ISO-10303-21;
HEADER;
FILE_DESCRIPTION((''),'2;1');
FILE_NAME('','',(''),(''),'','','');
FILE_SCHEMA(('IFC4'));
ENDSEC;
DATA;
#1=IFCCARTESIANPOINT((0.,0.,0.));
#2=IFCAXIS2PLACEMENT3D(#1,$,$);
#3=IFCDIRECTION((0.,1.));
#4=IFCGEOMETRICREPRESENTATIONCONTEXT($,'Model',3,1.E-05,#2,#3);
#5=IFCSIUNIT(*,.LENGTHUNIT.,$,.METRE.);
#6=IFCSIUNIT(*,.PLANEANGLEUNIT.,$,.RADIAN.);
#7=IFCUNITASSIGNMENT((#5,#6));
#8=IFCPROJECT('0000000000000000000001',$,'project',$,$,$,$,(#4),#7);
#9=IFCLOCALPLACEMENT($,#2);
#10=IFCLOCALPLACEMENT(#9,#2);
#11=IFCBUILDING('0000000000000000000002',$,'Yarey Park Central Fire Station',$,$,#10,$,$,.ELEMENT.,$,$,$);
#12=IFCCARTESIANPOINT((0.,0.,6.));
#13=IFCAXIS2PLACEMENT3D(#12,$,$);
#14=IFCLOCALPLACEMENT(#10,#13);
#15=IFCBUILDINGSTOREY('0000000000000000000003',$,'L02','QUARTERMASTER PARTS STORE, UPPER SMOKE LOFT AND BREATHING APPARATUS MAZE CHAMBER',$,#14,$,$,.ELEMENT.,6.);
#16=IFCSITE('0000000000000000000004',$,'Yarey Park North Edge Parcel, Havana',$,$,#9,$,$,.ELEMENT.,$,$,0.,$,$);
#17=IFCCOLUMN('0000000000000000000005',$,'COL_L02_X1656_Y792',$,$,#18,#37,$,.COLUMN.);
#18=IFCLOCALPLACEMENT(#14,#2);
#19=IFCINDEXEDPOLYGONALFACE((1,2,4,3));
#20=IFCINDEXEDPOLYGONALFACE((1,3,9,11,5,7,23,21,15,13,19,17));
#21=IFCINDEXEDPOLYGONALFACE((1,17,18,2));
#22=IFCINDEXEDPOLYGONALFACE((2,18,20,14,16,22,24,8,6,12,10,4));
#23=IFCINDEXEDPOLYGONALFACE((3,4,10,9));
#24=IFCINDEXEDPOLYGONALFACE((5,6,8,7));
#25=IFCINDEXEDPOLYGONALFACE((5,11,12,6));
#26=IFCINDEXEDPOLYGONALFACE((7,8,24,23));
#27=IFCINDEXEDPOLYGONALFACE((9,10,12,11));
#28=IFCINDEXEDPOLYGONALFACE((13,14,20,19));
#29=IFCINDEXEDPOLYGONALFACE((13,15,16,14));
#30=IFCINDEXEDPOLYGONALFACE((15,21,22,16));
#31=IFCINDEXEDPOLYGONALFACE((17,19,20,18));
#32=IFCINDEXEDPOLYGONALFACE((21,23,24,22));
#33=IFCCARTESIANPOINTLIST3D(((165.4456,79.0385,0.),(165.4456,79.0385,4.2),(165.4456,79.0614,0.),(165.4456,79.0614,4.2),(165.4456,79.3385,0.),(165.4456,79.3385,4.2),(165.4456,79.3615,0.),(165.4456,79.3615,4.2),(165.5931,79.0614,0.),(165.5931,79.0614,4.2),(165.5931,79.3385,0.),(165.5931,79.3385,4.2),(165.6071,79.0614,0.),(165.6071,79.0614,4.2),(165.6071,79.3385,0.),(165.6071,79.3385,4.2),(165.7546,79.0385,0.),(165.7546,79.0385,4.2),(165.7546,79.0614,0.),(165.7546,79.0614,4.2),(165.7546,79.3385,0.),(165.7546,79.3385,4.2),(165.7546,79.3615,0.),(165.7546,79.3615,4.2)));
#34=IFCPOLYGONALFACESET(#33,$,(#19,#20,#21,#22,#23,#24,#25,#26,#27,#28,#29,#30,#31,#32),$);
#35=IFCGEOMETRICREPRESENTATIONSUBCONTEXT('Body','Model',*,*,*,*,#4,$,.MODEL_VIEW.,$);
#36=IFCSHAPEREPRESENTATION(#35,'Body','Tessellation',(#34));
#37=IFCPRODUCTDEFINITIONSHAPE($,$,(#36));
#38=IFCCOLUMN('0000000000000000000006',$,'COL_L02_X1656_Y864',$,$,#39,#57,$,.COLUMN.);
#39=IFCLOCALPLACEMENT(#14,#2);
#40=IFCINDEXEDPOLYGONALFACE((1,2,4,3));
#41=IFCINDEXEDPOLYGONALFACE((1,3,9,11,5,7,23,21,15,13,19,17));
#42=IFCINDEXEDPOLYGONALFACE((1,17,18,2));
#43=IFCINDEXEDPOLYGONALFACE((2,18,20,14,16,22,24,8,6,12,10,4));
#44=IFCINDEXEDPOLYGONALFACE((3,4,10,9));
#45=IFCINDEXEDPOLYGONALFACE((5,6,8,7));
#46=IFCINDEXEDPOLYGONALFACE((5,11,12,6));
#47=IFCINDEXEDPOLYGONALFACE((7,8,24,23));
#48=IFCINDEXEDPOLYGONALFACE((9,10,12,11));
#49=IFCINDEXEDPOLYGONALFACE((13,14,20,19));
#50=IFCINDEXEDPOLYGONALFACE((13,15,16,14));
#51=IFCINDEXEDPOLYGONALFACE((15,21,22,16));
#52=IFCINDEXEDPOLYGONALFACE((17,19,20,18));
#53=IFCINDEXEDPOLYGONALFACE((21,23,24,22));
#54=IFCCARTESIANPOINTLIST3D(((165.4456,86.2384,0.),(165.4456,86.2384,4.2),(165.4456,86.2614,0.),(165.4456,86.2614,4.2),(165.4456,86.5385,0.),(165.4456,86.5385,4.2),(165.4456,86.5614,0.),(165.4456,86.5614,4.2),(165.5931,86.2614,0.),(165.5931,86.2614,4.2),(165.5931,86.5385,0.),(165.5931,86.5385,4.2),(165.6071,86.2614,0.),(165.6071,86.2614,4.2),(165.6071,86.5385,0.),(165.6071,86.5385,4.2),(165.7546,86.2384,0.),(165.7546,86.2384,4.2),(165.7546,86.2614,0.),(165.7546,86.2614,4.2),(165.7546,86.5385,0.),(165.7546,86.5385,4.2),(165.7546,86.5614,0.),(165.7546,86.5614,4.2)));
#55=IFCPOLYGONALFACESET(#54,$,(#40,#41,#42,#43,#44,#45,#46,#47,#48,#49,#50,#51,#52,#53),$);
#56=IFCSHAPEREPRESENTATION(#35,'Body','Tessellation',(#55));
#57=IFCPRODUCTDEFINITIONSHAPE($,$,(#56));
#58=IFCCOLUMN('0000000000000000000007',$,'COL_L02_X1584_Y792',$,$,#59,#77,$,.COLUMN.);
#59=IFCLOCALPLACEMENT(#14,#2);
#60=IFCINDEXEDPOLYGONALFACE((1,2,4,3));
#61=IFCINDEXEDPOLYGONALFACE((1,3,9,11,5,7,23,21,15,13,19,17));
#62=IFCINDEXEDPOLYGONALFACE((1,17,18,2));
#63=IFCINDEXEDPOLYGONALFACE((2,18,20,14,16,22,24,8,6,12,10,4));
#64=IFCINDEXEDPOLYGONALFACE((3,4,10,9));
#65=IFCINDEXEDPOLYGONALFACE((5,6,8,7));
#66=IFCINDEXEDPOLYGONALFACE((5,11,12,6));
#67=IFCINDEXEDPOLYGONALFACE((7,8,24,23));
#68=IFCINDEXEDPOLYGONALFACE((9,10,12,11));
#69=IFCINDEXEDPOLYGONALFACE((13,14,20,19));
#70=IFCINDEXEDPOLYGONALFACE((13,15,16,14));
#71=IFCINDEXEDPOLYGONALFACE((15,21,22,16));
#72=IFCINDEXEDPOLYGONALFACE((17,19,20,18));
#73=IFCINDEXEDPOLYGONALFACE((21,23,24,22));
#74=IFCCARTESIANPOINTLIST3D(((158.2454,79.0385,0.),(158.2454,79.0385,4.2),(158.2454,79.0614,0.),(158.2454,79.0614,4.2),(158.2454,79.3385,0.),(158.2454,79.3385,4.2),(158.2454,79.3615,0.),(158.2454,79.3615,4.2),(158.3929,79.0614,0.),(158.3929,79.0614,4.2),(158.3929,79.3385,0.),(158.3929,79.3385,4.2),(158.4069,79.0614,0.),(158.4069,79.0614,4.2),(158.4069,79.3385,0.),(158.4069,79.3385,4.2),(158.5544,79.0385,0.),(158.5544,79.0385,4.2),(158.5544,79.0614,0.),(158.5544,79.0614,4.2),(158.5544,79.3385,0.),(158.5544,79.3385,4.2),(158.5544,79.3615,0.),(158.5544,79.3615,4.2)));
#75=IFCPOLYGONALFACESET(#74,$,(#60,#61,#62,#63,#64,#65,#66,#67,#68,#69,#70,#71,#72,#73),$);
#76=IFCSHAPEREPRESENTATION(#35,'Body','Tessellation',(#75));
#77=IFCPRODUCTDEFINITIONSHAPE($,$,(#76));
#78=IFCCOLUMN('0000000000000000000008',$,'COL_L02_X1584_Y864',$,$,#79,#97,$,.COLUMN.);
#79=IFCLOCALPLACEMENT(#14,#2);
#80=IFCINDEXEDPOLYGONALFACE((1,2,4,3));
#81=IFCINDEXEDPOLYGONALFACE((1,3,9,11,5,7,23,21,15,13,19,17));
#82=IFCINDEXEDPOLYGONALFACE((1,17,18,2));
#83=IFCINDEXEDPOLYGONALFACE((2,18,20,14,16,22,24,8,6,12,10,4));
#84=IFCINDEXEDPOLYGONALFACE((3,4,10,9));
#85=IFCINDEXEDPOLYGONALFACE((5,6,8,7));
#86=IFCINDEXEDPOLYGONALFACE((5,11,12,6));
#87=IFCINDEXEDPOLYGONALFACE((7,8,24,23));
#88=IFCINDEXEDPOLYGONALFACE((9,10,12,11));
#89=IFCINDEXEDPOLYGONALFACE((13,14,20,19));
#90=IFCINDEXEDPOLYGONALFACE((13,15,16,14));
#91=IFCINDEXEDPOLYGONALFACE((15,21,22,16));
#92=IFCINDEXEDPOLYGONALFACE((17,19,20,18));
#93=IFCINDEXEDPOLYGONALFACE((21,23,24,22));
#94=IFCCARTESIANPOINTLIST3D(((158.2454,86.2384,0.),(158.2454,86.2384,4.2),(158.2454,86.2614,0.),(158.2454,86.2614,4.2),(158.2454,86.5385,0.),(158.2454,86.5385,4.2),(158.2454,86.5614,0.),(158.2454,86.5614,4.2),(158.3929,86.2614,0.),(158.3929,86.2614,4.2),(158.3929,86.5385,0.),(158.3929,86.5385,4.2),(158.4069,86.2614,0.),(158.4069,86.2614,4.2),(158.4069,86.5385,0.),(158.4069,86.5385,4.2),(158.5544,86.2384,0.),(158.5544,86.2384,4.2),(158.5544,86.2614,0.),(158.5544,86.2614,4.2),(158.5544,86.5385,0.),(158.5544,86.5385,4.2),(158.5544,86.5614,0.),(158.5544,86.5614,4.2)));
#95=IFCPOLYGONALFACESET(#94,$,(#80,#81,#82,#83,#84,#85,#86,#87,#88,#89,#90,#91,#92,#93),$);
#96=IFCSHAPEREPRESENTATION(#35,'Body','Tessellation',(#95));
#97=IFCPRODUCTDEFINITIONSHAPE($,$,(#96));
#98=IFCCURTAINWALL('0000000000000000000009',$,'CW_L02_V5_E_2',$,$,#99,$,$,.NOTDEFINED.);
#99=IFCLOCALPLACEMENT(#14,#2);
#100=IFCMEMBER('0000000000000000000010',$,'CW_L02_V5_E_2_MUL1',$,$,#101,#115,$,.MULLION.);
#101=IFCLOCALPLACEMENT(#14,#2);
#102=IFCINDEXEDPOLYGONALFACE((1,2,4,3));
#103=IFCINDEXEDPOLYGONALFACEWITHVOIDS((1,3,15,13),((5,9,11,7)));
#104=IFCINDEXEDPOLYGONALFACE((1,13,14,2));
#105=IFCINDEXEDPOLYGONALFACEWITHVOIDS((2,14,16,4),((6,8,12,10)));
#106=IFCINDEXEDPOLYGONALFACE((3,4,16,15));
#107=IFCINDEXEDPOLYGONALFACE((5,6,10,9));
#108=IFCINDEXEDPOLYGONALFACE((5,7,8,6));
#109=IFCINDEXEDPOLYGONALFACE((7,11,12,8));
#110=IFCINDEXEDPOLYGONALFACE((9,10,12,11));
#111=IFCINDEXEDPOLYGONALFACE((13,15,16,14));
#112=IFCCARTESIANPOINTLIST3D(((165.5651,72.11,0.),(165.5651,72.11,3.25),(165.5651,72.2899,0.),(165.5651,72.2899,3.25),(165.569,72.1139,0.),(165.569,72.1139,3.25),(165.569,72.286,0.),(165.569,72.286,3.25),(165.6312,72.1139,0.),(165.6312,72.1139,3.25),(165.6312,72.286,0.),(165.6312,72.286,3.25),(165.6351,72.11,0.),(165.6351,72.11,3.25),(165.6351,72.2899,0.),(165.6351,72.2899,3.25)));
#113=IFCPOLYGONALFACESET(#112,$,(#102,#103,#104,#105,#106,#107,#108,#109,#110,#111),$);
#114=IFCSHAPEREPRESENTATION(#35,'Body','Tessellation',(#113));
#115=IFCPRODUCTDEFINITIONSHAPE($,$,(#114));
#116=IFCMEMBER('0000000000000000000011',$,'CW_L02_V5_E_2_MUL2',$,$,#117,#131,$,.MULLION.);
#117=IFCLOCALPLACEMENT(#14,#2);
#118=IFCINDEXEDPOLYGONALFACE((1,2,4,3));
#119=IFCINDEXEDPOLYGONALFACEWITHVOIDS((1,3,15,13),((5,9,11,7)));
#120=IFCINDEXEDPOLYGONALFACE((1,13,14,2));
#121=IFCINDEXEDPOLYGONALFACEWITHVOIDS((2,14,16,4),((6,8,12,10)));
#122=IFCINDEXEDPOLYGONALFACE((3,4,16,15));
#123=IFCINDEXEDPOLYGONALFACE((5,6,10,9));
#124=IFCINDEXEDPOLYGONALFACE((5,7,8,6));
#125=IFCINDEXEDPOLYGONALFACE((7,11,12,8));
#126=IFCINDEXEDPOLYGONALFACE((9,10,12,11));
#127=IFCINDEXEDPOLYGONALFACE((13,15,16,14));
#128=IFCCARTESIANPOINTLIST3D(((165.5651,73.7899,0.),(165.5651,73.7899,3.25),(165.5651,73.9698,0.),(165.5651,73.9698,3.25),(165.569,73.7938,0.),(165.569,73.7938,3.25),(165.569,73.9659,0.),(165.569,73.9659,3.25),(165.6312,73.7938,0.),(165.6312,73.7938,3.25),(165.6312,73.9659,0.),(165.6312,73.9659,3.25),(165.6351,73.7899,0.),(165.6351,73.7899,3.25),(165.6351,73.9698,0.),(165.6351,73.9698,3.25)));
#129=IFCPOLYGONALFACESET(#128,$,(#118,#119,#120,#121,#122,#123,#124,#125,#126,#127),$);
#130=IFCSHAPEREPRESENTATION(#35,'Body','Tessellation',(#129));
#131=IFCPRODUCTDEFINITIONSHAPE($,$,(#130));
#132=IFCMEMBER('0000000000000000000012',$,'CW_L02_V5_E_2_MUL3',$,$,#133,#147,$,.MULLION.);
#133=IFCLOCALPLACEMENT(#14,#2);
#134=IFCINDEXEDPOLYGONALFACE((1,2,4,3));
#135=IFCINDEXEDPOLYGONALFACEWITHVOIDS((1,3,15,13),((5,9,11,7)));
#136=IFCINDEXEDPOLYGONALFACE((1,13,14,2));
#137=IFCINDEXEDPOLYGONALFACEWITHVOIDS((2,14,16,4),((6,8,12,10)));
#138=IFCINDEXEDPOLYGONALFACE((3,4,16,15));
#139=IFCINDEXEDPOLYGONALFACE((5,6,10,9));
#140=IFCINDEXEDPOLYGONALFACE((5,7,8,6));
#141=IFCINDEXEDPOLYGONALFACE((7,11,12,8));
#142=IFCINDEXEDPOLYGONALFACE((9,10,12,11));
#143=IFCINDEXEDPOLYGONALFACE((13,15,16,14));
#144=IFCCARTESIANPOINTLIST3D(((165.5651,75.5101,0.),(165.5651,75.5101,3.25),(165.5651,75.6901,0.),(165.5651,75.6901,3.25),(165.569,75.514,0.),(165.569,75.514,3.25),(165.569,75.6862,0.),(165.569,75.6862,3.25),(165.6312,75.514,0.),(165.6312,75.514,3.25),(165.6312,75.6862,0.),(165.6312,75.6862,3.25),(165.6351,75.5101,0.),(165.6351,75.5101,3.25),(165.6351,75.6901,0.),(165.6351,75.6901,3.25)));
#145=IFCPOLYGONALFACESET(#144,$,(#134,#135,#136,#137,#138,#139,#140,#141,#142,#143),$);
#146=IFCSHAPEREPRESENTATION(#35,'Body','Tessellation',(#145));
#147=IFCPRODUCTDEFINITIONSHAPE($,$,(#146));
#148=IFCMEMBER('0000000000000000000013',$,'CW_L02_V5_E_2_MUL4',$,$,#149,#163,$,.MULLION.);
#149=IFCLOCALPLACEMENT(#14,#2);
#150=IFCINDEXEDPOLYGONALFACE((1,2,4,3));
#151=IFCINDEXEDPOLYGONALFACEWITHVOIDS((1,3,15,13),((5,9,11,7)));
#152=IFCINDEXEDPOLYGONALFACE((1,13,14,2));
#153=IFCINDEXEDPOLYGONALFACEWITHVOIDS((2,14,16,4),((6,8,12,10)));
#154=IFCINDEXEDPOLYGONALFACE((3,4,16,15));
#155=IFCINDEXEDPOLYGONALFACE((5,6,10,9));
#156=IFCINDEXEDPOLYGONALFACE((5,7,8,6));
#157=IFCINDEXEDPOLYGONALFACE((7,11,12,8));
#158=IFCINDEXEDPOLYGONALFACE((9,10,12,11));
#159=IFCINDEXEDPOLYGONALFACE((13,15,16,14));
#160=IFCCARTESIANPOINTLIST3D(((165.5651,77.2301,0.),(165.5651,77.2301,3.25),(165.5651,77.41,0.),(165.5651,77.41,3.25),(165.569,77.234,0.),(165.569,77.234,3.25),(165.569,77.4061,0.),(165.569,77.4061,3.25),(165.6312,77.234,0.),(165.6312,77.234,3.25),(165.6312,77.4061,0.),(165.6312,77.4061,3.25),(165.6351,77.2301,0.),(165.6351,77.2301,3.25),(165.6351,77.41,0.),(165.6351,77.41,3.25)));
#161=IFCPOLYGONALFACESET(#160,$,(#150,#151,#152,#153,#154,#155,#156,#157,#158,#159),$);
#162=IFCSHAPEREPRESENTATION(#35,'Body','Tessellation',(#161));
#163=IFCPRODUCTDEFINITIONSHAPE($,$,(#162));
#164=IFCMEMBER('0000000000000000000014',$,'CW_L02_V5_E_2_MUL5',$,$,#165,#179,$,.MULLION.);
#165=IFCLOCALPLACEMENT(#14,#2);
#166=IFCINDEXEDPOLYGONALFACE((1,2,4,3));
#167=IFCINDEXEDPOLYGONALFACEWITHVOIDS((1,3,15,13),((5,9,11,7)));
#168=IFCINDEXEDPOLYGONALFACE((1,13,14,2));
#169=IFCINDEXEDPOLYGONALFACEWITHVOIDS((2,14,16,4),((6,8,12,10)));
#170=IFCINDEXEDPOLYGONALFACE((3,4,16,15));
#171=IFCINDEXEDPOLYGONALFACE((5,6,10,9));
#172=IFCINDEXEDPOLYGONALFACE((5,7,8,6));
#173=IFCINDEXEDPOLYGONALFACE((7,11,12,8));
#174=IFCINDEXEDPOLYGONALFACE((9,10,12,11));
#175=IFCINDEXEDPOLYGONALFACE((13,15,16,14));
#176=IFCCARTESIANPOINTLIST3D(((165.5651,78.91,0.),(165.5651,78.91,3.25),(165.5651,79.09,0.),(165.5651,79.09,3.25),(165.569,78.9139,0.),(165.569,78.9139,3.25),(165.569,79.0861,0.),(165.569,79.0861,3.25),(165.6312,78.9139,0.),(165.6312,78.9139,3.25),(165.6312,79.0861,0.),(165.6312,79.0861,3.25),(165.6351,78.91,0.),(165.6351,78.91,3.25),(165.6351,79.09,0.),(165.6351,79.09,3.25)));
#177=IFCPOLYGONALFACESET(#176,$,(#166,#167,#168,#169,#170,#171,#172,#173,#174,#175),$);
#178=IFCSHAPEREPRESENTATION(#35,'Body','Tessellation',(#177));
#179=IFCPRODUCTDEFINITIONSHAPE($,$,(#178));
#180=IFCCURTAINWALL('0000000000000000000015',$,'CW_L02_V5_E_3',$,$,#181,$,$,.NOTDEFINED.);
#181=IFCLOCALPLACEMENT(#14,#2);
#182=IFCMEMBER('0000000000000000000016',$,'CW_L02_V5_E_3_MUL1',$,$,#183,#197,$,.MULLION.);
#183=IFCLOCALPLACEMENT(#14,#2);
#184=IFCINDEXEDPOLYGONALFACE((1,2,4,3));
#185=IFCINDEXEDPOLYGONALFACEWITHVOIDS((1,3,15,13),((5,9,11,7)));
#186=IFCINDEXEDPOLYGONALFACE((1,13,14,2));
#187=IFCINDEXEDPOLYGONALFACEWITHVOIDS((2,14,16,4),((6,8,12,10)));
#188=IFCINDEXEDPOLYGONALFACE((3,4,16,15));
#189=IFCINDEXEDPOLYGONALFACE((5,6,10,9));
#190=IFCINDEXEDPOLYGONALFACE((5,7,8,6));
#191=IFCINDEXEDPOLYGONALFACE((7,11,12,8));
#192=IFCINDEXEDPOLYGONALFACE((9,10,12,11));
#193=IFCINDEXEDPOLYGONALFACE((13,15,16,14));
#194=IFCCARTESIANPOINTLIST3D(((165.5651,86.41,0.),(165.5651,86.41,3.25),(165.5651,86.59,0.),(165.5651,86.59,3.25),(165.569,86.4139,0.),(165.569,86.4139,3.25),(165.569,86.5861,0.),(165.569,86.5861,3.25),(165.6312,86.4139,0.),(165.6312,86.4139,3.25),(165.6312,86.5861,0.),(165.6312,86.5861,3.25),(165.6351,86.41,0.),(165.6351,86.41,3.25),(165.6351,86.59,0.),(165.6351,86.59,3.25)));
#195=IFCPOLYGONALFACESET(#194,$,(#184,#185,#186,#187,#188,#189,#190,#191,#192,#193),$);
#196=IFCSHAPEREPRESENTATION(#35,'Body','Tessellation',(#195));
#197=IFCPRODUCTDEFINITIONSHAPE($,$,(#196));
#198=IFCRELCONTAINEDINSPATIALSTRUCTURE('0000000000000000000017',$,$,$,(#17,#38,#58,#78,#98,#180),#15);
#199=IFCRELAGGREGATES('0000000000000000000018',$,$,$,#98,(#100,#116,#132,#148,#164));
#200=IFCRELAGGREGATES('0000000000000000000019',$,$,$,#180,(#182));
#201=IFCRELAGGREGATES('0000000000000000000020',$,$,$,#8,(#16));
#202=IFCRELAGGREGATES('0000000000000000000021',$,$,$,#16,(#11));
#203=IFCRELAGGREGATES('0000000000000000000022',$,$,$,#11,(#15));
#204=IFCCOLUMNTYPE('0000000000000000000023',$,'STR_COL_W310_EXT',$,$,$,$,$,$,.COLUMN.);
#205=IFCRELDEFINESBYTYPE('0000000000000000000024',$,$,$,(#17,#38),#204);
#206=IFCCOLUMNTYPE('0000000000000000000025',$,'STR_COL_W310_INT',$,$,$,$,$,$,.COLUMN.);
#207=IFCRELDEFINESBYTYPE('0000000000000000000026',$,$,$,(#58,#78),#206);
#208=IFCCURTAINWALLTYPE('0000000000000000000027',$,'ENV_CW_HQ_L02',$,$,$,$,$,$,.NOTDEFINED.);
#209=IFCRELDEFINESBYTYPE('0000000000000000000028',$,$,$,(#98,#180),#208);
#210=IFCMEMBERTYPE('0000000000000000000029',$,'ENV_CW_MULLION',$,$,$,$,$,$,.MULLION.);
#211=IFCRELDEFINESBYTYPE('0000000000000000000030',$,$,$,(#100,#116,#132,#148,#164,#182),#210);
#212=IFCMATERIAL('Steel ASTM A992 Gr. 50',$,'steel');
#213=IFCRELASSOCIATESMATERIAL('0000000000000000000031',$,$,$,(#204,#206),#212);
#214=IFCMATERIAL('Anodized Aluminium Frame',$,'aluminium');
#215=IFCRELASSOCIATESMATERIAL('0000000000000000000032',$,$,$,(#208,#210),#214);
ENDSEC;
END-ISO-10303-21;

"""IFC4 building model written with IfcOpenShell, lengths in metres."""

from ifc_helpers import new_model, si_unit, direction, frame, origin, origin_2d, place, context, subcontext, project, spatial, hollow_rectangle, i_section, extrude, material, material_profile, profile_set, type_object, element, aggregate, save


model = new_model("IFC4")

# Units and contexts
model_context = context("Model", 3, precision=1e-05, world=origin(), true_north=direction((0.0, 1.0)))
body_context = subcontext(model_context, "Body", "Model", "MODEL_VIEW")
ifc_project = project(units=[si_unit("LENGTHUNIT", "METRE"), si_unit("PLANEANGLEUNIT", "RADIAN")], contexts=[model_context])

# Site, building, storey
site_placement = place(None, origin())
site = spatial("IfcSite", under=ifc_project, at=site_placement, Name="Yarey Park North Edge Parcel, Havana", CompositionType="ELEMENT", RefElevation=0.0)
building_placement = place(site_placement, origin())
building = spatial("IfcBuilding", under=site, at=building_placement, Name="Yarey Park Central Fire Station", CompositionType="ELEMENT")
storey_placement = place(building_placement, frame((0.0, 0.0, 6.0)))
storey = spatial("IfcBuildingStorey", under=building, at=storey_placement, Name="L02", Description="QUARTERMASTER PARTS STORE, UPPER SMOKE LOFT AND BREATHING APPARATUS MAZE CHAMBER", CompositionType="ELEMENT", Elevation=6.0)

# Columns
ifc_material_1 = material(Name="Steel ASTM A992 Gr. 50", Category="steel")
ifc_material_profile_1 = material_profile(ifc_material_1, i_section(OverallWidth=0.3091, OverallDepth=0.323, WebThickness=0.0139, FlangeThickness=0.0229, at=origin_2d()), Name="W310x143")
ifc_profile_set_1 = profile_set([ifc_material_profile_1], Name="Steel ASTM A992 Gr. 50")
column_type_1 = type_object("IfcColumnType", Name="STR_COL_W310_EXT", PredefinedType="COLUMN", material=ifc_profile_set_1)
for number, where, z_axis, x_axis, name in (
    (1, (165.6001, 79.2, 0.0), (0.0, 0.0, 1.0), (1.0, 0.0, 0.0), "COL_L02_X1656_Y792"),
    (2, (165.6001, 86.3999, 0.0), (0.0, 0.0, 1.0), (1.0, 0.0, 0.0), "COL_L02_X1656_Y864"),
):
    element("IfcColumn", number, at=place(storey_placement, frame(where, z_axis=z_axis, x_axis=x_axis)), inside=storey, type_object=column_type_1, Name=name, PredefinedType="COLUMN", context=body_context, shape_type="SweptSolid", body=[
        extrude(i_section(OverallWidth=0.3091, OverallDepth=0.323, WebThickness=0.0139, FlangeThickness=0.0229, at=origin_2d()), origin(), (0.0, 0.0, 1.0), 4.2),
    ])
ifc_material_profile_2 = material_profile(ifc_material_1, i_section(OverallWidth=0.3091, OverallDepth=0.323, WebThickness=0.0139, FlangeThickness=0.0229, at=origin_2d()), Name="W310x143")
ifc_profile_set_2 = profile_set([ifc_material_profile_2], Name="Steel ASTM A992 Gr. 50")
column_type_2 = type_object("IfcColumnType", Name="STR_COL_W310_INT", PredefinedType="COLUMN", material=ifc_profile_set_2)
for number, where, z_axis, x_axis, name in (
    (3, (158.3999, 79.2, 0.0), (0.0, 0.0, 1.0), (1.0, 0.0, 0.0), "COL_L02_X1584_Y792"),
    (4, (158.3999, 86.3999, 0.0), (0.0, 0.0, 1.0), (1.0, 0.0, 0.0), "COL_L02_X1584_Y864"),
):
    element("IfcColumn", number, at=place(storey_placement, frame(where, z_axis=z_axis, x_axis=x_axis)), inside=storey, type_object=column_type_2, Name=name, PredefinedType="COLUMN", context=body_context, shape_type="SweptSolid", body=[
        extrude(i_section(OverallWidth=0.3091, OverallDepth=0.323, WebThickness=0.0139, FlangeThickness=0.0229, at=origin_2d()), origin(), (0.0, 0.0, 1.0), 4.2),
    ])

# Curtain walls, members
ifc_material_2 = material(Name="Anodized Aluminium Frame", Category="aluminium")
curtain_wall_type = type_object("IfcCurtainWallType", Name="ENV_CW_HQ_L02", PredefinedType="NOTDEFINED", material=ifc_material_2)
curtain_wall_1_placement = place(storey_placement, origin())
curtain_wall_1 = element("IfcCurtainWall", 5, at=curtain_wall_1_placement, inside=storey, type_object=curtain_wall_type, Name="CW_L02_V5_E_2", PredefinedType="NOTDEFINED")
ifc_material_profile_3 = material_profile(ifc_material_2, hollow_rectangle(XDim=0.0701, YDim=0.1799, WallThickness=0.0039, at=origin_2d()), Name="ALU 180x70x4")
ifc_profile_set_3 = profile_set([ifc_material_profile_3], Name="Anodized Aluminium Frame")
member_type_1 = type_object("IfcMemberType", Name="ENV_CW_MULLION", PredefinedType="MULLION", material=ifc_profile_set_3)
member_1_placement = place(storey_placement, frame((165.6001, 72.2, 0.0), z_axis=(0.0, 0.0, 1.0), x_axis=(1.0, 0.0, 0.0)))
member_1 = element("IfcMember", 6, at=member_1_placement, type_object=member_type_1, Name="CW_L02_V5_E_2_MUL1", PredefinedType="MULLION", context=body_context, shape_type="SweptSolid", body=[
    extrude(hollow_rectangle(XDim=0.0701, YDim=0.1799, WallThickness=0.0039, at=origin_2d()), origin(), (0.0, 0.0, 1.0), 3.25),
])
member_2_placement = place(storey_placement, frame((165.6001, 73.8799, 0.0), z_axis=(0.0, 0.0, 1.0), x_axis=(1.0, 0.0, 0.0)))
member_2 = element("IfcMember", 7, at=member_2_placement, type_object=member_type_1, Name="CW_L02_V5_E_2_MUL2", PredefinedType="MULLION", context=body_context, shape_type="SweptSolid", body=[
    extrude(hollow_rectangle(XDim=0.0701, YDim=0.1799, WallThickness=0.0039, at=origin_2d()), origin(), (0.0, 0.0, 1.0), 3.25),
])
member_3_placement = place(storey_placement, frame((165.6001, 75.6001, 0.0), z_axis=(0.0, 0.0, 1.0), x_axis=(1.0, 0.0, 0.0)))
member_3 = element("IfcMember", 8, at=member_3_placement, type_object=member_type_1, Name="CW_L02_V5_E_2_MUL3", PredefinedType="MULLION", context=body_context, shape_type="SweptSolid", body=[
    extrude(hollow_rectangle(XDim=0.0701, YDim=0.1799, WallThickness=0.0039, at=origin_2d()), origin(), (0.0, 0.0, 1.0), 3.25),
])
member_4_placement = place(storey_placement, frame((165.6001, 77.3201, 0.0), z_axis=(0.0, 0.0, 1.0), x_axis=(1.0, 0.0, 0.0)))
member_4 = element("IfcMember", 9, at=member_4_placement, type_object=member_type_1, Name="CW_L02_V5_E_2_MUL4", PredefinedType="MULLION", context=body_context, shape_type="SweptSolid", body=[
    extrude(hollow_rectangle(XDim=0.0701, YDim=0.1799, WallThickness=0.0039, at=origin_2d()), origin(), (0.0, 0.0, 1.0), 3.25),
])
member_5_placement = place(storey_placement, frame((165.6001, 79.0, 0.0), z_axis=(0.0, 0.0, 1.0), x_axis=(1.0, 0.0, 0.0)))
member_5 = element("IfcMember", 10, at=member_5_placement, type_object=member_type_1, Name="CW_L02_V5_E_2_MUL5", PredefinedType="MULLION", context=body_context, shape_type="SweptSolid", body=[
    extrude(hollow_rectangle(XDim=0.0701, YDim=0.1799, WallThickness=0.0039, at=origin_2d()), origin(), (0.0, 0.0, 1.0), 3.25),
])
curtain_wall_2_placement = place(storey_placement, origin())
curtain_wall_2 = element("IfcCurtainWall", 11, at=curtain_wall_2_placement, inside=storey, type_object=curtain_wall_type, Name="CW_L02_V5_E_3", PredefinedType="NOTDEFINED")
member_6_placement = place(storey_placement, frame((165.6001, 86.5, 0.0), z_axis=(0.0, 0.0, 1.0), x_axis=(1.0, 0.0, 0.0)))
member_6 = element("IfcMember", 12, at=member_6_placement, type_object=member_type_1, Name="CW_L02_V5_E_3_MUL1", PredefinedType="MULLION", context=body_context, shape_type="SweptSolid", body=[
    extrude(hollow_rectangle(XDim=0.0701, YDim=0.1799, WallThickness=0.0039, at=origin_2d()), origin(), (0.0, 0.0, 1.0), 3.25),
])

aggregate(curtain_wall_1, [member_1, member_2, member_3, member_4, member_5])
aggregate(curtain_wall_2, [member_6])

save(model, "model.ifc")
